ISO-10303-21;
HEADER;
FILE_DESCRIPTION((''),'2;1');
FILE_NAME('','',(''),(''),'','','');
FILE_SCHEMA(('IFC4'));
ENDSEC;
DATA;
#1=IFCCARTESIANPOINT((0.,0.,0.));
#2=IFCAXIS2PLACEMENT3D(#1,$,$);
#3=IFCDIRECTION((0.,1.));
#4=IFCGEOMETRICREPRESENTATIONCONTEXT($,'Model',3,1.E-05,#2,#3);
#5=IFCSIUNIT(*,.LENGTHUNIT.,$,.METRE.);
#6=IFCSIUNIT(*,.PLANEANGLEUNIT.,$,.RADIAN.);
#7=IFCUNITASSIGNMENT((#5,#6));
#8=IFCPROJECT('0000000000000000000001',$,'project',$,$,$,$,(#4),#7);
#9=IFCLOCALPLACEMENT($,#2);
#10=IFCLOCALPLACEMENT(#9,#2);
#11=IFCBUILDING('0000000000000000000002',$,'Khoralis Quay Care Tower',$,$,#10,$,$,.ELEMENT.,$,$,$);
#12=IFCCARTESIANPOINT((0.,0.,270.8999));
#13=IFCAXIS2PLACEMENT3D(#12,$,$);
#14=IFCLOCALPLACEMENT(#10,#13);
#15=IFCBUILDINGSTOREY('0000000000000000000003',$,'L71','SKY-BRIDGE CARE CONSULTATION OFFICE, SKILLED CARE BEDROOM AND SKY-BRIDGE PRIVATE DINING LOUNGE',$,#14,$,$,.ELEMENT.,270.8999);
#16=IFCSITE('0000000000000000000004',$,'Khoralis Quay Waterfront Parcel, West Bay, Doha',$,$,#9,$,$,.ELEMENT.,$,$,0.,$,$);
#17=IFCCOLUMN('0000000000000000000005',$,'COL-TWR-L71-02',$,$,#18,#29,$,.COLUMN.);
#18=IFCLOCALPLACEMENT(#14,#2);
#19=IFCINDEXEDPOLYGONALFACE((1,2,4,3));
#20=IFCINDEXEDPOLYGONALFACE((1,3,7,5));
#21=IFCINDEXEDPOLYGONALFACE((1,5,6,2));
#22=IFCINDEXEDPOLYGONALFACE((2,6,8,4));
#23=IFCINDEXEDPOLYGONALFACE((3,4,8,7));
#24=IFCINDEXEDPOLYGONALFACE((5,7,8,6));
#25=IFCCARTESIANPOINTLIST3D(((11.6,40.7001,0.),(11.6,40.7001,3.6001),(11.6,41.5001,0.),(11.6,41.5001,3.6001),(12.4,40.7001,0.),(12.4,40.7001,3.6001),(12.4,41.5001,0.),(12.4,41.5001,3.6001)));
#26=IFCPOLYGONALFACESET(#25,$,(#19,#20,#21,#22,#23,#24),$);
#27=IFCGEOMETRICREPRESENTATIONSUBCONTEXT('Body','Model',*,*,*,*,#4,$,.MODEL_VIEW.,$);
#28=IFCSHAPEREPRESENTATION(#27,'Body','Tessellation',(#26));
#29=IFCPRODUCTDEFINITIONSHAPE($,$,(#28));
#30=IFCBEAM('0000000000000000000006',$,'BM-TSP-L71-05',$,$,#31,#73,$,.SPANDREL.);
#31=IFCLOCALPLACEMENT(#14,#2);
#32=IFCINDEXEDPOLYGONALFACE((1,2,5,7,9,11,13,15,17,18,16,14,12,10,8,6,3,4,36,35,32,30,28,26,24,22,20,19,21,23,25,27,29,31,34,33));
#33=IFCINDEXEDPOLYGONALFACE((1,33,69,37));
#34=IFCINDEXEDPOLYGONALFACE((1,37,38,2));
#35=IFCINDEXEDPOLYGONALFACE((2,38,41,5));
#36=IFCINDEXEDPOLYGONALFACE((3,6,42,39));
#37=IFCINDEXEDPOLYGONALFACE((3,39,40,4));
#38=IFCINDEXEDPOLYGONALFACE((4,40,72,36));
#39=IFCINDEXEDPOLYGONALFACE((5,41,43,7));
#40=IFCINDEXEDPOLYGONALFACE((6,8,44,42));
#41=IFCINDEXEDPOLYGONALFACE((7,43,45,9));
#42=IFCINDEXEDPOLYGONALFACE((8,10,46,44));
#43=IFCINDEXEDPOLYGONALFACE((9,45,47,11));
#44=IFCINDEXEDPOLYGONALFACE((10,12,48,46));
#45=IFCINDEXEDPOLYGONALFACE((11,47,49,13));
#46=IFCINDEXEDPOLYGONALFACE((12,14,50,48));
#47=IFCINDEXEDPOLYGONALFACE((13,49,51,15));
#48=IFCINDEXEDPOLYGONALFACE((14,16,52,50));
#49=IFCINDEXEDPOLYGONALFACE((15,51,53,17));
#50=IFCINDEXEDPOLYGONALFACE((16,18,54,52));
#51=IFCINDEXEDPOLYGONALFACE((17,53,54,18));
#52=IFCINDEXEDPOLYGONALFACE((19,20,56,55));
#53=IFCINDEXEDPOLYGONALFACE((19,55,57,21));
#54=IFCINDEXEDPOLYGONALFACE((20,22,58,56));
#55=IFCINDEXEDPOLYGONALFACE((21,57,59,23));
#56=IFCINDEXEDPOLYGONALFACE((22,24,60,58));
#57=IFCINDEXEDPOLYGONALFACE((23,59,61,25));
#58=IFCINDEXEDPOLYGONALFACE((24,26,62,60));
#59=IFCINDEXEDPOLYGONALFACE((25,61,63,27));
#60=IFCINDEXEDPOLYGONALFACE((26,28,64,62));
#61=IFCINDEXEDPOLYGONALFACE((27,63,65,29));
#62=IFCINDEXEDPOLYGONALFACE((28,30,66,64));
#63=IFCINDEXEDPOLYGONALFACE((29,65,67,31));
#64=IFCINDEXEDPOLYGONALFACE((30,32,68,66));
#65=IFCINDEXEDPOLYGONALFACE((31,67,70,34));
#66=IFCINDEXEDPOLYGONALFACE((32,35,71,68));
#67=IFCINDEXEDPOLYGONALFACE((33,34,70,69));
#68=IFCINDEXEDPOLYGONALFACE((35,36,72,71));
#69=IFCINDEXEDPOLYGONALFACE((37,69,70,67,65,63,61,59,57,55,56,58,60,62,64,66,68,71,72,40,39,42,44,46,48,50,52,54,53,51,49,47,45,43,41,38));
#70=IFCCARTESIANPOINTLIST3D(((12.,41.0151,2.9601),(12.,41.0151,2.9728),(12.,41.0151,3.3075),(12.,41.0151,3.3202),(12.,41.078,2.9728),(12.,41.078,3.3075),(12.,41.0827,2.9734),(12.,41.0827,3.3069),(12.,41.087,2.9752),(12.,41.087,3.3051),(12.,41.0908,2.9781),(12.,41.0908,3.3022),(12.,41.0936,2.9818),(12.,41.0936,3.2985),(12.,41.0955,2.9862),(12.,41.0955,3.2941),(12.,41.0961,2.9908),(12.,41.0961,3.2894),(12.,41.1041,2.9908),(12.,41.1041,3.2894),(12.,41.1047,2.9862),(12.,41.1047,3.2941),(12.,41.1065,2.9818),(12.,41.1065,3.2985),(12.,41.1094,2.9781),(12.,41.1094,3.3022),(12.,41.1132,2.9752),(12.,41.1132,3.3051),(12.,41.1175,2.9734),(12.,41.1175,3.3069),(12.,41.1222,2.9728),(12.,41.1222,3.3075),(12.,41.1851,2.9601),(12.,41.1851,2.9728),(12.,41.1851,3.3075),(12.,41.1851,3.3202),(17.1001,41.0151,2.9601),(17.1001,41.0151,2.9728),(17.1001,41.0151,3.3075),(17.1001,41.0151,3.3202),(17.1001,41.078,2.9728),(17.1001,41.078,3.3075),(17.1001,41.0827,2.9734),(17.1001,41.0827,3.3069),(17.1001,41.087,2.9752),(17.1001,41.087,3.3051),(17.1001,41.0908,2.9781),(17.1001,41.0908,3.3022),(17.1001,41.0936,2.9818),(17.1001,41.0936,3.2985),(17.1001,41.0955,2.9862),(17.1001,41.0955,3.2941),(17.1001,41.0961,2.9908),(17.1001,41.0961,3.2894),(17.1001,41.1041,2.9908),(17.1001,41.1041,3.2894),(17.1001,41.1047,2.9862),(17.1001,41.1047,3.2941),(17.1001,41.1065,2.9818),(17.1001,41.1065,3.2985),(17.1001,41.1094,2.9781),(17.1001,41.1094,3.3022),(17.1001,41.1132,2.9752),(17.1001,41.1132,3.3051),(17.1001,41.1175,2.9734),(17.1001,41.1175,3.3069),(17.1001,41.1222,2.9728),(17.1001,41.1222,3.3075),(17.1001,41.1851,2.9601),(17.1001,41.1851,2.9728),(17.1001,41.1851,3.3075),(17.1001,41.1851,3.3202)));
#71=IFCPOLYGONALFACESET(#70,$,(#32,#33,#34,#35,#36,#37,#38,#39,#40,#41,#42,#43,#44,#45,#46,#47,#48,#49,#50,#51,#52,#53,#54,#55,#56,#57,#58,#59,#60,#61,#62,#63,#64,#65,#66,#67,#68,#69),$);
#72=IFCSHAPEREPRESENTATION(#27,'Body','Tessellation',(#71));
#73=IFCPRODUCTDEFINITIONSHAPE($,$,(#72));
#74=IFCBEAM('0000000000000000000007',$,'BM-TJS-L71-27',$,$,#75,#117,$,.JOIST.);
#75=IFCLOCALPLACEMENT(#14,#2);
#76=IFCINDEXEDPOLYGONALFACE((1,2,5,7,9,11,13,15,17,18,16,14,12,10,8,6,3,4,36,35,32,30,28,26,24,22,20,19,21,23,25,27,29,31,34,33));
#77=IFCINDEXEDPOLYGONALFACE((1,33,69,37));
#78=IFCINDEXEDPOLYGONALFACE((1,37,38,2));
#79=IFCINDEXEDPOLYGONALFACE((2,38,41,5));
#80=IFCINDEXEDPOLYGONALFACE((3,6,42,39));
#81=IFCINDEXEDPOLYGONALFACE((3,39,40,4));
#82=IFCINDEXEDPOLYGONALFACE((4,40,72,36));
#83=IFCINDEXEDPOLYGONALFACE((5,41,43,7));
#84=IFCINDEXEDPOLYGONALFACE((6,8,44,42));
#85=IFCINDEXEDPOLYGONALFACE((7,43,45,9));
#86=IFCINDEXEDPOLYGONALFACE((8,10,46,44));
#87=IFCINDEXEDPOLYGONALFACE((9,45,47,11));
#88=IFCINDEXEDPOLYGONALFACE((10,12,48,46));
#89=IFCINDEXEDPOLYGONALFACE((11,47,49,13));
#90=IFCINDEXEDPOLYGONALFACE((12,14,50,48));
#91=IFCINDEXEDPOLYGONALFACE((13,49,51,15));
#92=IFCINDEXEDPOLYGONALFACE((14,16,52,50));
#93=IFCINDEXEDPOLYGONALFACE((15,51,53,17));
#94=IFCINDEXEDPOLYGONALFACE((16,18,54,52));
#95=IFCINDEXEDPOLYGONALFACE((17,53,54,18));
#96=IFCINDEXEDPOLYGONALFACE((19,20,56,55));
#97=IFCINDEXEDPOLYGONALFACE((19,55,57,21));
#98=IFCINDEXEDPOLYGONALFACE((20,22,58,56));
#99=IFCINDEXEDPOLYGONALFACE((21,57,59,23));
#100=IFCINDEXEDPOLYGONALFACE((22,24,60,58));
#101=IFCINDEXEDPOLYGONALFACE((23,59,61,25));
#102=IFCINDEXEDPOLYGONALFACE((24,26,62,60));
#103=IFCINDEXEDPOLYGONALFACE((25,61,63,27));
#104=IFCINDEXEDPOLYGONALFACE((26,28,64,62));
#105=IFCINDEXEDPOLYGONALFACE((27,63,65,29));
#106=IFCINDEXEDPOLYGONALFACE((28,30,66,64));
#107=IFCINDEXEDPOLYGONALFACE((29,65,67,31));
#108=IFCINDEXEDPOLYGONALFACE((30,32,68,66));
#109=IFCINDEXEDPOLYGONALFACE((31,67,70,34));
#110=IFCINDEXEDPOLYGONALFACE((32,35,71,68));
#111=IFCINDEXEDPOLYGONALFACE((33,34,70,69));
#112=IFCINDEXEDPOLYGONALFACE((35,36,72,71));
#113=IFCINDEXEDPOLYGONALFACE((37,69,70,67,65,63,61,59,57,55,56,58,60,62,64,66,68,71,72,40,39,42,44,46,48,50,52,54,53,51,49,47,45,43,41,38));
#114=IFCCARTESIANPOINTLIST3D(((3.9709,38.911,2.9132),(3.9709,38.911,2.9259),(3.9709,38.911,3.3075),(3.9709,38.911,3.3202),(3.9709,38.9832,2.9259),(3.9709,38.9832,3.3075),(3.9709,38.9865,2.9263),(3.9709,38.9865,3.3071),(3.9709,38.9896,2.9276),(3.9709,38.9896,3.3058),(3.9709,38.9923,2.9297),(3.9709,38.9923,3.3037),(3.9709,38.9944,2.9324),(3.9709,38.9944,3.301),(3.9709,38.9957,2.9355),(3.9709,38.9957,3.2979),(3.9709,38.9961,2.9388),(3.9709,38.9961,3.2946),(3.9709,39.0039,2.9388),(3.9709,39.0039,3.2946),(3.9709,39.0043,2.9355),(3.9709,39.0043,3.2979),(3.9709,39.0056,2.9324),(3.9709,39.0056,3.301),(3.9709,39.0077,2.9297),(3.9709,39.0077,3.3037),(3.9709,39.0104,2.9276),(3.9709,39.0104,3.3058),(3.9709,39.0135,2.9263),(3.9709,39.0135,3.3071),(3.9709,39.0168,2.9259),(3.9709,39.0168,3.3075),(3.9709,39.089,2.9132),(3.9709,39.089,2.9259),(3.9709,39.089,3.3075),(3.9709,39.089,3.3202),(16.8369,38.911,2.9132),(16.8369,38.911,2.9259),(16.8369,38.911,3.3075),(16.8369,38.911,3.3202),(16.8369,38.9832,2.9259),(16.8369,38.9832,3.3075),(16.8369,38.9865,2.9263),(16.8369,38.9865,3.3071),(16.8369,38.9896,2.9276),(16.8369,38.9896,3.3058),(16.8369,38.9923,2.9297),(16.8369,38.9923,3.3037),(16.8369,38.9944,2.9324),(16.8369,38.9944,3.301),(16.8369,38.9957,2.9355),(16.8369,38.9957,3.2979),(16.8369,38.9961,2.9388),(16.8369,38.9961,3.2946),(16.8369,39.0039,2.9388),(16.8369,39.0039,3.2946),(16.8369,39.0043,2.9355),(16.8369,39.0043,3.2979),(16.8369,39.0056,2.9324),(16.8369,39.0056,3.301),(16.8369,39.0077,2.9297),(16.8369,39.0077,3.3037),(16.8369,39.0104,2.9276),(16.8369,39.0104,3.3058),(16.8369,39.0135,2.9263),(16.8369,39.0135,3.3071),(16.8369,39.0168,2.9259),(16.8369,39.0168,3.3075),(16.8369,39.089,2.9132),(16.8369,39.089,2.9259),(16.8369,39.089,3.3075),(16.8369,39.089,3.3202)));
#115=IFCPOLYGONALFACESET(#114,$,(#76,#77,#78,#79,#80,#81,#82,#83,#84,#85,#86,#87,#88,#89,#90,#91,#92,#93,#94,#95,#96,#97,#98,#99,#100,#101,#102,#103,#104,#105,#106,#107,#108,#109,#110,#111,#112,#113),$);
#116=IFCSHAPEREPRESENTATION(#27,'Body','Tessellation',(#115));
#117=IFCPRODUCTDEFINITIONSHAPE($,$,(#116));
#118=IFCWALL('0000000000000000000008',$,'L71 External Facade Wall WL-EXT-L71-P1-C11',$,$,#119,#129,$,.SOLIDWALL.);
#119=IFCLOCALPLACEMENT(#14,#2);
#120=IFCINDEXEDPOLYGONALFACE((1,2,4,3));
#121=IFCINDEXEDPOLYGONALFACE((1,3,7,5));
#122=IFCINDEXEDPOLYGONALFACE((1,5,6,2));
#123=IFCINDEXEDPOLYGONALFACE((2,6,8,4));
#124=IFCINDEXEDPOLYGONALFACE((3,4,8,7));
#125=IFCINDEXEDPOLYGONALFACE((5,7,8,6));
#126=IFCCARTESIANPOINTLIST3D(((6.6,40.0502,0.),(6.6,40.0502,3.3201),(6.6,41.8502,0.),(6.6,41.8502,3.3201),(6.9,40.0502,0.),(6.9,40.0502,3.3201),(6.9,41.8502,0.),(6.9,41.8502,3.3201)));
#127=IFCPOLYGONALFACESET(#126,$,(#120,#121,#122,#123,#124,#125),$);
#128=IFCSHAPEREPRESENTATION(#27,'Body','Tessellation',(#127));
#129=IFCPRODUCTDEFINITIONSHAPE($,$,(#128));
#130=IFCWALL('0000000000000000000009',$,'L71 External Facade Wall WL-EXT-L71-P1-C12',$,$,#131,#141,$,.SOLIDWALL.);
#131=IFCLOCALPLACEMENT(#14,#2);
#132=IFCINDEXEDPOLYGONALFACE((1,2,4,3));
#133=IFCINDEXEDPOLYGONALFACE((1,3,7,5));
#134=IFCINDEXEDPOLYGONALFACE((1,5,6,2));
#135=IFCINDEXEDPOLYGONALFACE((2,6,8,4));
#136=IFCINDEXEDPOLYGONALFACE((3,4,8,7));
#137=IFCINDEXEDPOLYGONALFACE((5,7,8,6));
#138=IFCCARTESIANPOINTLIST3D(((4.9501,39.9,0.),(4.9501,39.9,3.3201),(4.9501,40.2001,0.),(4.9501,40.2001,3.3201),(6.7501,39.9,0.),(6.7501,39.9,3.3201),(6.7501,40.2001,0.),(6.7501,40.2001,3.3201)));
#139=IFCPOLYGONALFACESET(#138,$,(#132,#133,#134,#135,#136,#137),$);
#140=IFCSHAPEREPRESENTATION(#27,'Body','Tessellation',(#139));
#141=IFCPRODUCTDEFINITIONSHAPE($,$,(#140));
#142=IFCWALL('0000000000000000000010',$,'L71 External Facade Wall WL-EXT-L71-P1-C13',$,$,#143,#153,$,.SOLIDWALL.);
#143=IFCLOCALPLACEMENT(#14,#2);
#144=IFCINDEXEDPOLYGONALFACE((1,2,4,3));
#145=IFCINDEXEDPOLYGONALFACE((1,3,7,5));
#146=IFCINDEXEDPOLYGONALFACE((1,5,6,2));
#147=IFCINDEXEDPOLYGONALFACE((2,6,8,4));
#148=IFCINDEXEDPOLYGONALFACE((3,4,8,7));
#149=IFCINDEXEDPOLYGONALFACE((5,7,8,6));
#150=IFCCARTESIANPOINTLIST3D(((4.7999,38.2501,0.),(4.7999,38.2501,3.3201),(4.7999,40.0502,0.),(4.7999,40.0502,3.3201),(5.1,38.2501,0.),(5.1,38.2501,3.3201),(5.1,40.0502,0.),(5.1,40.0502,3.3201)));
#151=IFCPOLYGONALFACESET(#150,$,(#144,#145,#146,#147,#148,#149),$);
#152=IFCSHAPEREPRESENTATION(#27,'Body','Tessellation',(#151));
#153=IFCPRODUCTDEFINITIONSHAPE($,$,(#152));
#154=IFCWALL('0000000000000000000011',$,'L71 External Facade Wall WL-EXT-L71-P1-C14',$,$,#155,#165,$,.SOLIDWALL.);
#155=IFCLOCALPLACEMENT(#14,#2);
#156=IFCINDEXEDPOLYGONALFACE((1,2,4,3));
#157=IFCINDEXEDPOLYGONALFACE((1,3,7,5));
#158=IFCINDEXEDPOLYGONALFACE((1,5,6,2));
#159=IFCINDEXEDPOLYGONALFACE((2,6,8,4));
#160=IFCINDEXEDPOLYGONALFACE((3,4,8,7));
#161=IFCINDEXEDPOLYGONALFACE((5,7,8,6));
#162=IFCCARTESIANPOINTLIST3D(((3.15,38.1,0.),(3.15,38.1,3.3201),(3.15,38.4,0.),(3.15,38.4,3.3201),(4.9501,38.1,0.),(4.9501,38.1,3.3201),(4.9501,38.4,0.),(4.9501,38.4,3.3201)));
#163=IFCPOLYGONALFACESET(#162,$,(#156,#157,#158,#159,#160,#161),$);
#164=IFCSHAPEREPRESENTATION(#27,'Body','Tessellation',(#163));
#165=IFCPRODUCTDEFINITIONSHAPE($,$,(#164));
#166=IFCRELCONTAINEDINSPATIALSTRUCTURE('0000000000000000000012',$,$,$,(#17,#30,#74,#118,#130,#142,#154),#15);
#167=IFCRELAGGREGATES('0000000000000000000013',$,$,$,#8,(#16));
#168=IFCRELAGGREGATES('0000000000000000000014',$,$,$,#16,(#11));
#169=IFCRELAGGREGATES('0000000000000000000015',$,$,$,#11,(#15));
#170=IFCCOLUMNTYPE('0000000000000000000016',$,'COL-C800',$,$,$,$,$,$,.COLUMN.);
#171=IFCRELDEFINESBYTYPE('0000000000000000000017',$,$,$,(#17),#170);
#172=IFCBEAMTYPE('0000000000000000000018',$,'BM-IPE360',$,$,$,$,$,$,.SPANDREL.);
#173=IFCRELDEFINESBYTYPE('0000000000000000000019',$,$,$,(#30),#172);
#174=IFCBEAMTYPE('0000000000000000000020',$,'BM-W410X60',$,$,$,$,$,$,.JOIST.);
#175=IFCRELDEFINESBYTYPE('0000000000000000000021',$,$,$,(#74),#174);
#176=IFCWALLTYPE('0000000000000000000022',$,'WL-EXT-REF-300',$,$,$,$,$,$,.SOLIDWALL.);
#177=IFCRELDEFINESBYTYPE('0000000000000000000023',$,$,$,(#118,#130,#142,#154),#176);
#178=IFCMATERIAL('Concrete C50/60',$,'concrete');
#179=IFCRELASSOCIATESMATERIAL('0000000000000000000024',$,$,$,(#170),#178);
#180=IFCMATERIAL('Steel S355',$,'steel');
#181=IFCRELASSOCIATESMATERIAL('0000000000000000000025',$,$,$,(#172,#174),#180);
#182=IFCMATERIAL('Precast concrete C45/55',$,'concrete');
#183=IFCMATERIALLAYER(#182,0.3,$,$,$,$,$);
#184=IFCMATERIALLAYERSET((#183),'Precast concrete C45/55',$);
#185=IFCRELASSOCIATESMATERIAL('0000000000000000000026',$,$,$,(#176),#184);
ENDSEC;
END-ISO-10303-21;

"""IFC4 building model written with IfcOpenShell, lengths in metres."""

from ifc_helpers import new_model, si_unit, direction, frame, frame_2d, origin, origin_2d, place, context, subcontext, project, spatial, rectangle, i_section, extrude, source, transform, mapped, material, layer, layer_set, material_profile, profile_set, type_object, element, save


model = new_model("IFC4")

# Units and contexts
model_context = context("Model", 3, precision=1e-05, world=origin(), true_north=direction((0.0, 1.0)))
body_context = subcontext(model_context, "Body", "Model", "MODEL_VIEW")
ifc_project = project(units=[si_unit("LENGTHUNIT", "METRE"), si_unit("PLANEANGLEUNIT", "RADIAN")], contexts=[model_context])

# Site, building, storey
site_placement = place(None, origin())
site = spatial("IfcSite", under=ifc_project, at=site_placement, Name="Khoralis Quay Waterfront Parcel, West Bay, Doha", CompositionType="ELEMENT", RefElevation=0.0)
building_placement = place(site_placement, origin())
building = spatial("IfcBuilding", under=site, at=building_placement, Name="Khoralis Quay Care Tower", CompositionType="ELEMENT")
storey_placement = place(building_placement, frame((0.0, 0.0, 270.8999)))
storey = spatial("IfcBuildingStorey", under=building, at=storey_placement, Name="L71", Description="SKY-BRIDGE CARE CONSULTATION OFFICE, SKILLED CARE BEDROOM AND SKY-BRIDGE PRIVATE DINING LOUNGE", CompositionType="ELEMENT", Elevation=270.8999)

# Column
ifc_material_1 = material(Name="Concrete C50/60", Category="concrete")
ifc_material_profile_1 = material_profile(ifc_material_1, rectangle(XDim=0.8, YDim=0.8, at=origin_2d()), Name="Concrete C50/60")
ifc_profile_set_1 = profile_set([ifc_material_profile_1], Name="Concrete C50/60")
column_type = type_object("IfcColumnType", Name="COL-C800", PredefinedType="COLUMN", material=ifc_profile_set_1)
shared_shape_1 = source(origin(), body_context, "Body", "SweptSolid", [
    extrude(rectangle(XDim=0.8, YDim=0.8, at=origin_2d()), origin(), (0.0, 0.0, 1.0), 3.6001),
])
column_placement = place(storey_placement, frame((12.0, 41.1001, 0.0), z_axis=(0.0, 0.0, 1.0), x_axis=(1.0, 0.0, 0.0)))
element("IfcColumn", 1, at=column_placement, inside=storey, type_object=column_type, Name="COL-TWR-L71-02", PredefinedType="COLUMN", context=body_context, shape_type="MappedRepresentation", body=[
    mapped(shared_shape_1, transform((0.0, 0.0, 0.0), scale=1.0)),
])

# Beams
ifc_material_2 = material(Name="Steel S355", Category="steel")
ifc_material_profile_2 = material_profile(ifc_material_2, i_section(OverallWidth=0.1699, OverallDepth=0.3601, WebThickness=0.0081, FlangeThickness=0.0127, FilletRadius=0.0181, at=origin_2d()), Name="Steel S355")
ifc_profile_set_2 = profile_set([ifc_material_profile_2], Name="Steel S355")
beam_type_1 = type_object("IfcBeamType", Name="BM-IPE360", PredefinedType="SPANDREL", material=ifc_profile_set_2)
shared_shape_2 = source(origin(), body_context, "Body", "SweptSolid", [
    extrude(i_section(OverallWidth=0.1699, OverallDepth=0.3601, WebThickness=0.0081, FlangeThickness=0.0127, FilletRadius=0.0181, at=origin_2d()), origin(), (0.0, 0.0, 1.0), 5.1001),
])
beam_1_placement = place(storey_placement, frame((12.0, 41.1001, 3.1401), z_axis=(1.0, 0.0, 0.0), x_axis=(0.0, 1.0, 0.0)))
element("IfcBeam", 2, at=beam_1_placement, inside=storey, type_object=beam_type_1, Name="BM-TSP-L71-05", PredefinedType="SPANDREL", context=body_context, shape_type="MappedRepresentation", body=[
    mapped(shared_shape_2, transform((0.0, 0.0, 0.0), scale=1.0)),
])
ifc_material_profile_3 = material_profile(ifc_material_2, i_section(OverallWidth=0.178, OverallDepth=0.407, WebThickness=0.0078, FlangeThickness=0.0127, FilletRadius=0.0129, at=origin_2d()), Name="Steel S355")
ifc_profile_set_3 = profile_set([ifc_material_profile_3], Name="Steel S355")
beam_type_2 = type_object("IfcBeamType", Name="BM-W410X60", PredefinedType="JOIST", material=ifc_profile_set_3)
shared_shape_3 = source(origin(), body_context, "Body", "SweptSolid", [
    extrude(i_section(OverallWidth=0.178, OverallDepth=0.407, WebThickness=0.0078, FlangeThickness=0.0127, FilletRadius=0.0129, at=origin_2d()), origin(), (0.0, 0.0, 1.0), 12.866),
])
beam_2_placement = place(storey_placement, frame((3.9709, 39.0, 3.1167), z_axis=(1.0, 0.0, 0.0), x_axis=(0.0, 1.0, 0.0)))
element("IfcBeam", 3, at=beam_2_placement, inside=storey, type_object=beam_type_2, Name="BM-TJS-L71-27", PredefinedType="JOIST", context=body_context, shape_type="MappedRepresentation", body=[
    mapped(shared_shape_3, transform((0.0, 0.0, 0.0), scale=1.0)),
])

# Walls
ifc_material_3 = material(Name="Precast concrete C45/55", Category="concrete")
ifc_layer_1 = layer(ifc_material_3, 0.3)
ifc_layer_set_1 = layer_set([ifc_layer_1], Name="Precast concrete C45/55")
wall_type_1 = type_object("IfcWallType", Name="WL-EXT-REF-300", PredefinedType="SOLIDWALL", material=ifc_layer_set_1)
for number, where, z_axis, x_axis, name in (
    (4, (6.75, 41.8501, 0.0), (0.0, 0.0, 1.0), (0.0, -1.0, 0.0), "L71 External Facade Wall WL-EXT-L71-P1-C11"),
    (5, (6.75, 40.05, 0.0), (0.0, 0.0, 1.0), (-1.0, 0.0, 0.0), "L71 External Facade Wall WL-EXT-L71-P1-C12"),
    (6, (4.95, 40.05, 0.0), (0.0, 0.0, 1.0), (0.0, -1.0, 0.0), "L71 External Facade Wall WL-EXT-L71-P1-C13"),
    (7, (4.95, 38.25, 0.0), (0.0, 0.0, 1.0), (-1.0, 0.0, 0.0), "L71 External Facade Wall WL-EXT-L71-P1-C14"),
):
    element("IfcWall", number, at=place(storey_placement, frame(where, z_axis=z_axis, x_axis=x_axis)), inside=storey, type_object=wall_type_1, Name=name, PredefinedType="SOLIDWALL", context=body_context, shape_type="SweptSolid", body=[
        extrude(rectangle(XDim=1.8, YDim=0.3, at=frame_2d((0.8999, 0.0))), origin(), (0.0, 0.0, 1.0), 3.3201),
    ])

save(model, "model.ifc")
